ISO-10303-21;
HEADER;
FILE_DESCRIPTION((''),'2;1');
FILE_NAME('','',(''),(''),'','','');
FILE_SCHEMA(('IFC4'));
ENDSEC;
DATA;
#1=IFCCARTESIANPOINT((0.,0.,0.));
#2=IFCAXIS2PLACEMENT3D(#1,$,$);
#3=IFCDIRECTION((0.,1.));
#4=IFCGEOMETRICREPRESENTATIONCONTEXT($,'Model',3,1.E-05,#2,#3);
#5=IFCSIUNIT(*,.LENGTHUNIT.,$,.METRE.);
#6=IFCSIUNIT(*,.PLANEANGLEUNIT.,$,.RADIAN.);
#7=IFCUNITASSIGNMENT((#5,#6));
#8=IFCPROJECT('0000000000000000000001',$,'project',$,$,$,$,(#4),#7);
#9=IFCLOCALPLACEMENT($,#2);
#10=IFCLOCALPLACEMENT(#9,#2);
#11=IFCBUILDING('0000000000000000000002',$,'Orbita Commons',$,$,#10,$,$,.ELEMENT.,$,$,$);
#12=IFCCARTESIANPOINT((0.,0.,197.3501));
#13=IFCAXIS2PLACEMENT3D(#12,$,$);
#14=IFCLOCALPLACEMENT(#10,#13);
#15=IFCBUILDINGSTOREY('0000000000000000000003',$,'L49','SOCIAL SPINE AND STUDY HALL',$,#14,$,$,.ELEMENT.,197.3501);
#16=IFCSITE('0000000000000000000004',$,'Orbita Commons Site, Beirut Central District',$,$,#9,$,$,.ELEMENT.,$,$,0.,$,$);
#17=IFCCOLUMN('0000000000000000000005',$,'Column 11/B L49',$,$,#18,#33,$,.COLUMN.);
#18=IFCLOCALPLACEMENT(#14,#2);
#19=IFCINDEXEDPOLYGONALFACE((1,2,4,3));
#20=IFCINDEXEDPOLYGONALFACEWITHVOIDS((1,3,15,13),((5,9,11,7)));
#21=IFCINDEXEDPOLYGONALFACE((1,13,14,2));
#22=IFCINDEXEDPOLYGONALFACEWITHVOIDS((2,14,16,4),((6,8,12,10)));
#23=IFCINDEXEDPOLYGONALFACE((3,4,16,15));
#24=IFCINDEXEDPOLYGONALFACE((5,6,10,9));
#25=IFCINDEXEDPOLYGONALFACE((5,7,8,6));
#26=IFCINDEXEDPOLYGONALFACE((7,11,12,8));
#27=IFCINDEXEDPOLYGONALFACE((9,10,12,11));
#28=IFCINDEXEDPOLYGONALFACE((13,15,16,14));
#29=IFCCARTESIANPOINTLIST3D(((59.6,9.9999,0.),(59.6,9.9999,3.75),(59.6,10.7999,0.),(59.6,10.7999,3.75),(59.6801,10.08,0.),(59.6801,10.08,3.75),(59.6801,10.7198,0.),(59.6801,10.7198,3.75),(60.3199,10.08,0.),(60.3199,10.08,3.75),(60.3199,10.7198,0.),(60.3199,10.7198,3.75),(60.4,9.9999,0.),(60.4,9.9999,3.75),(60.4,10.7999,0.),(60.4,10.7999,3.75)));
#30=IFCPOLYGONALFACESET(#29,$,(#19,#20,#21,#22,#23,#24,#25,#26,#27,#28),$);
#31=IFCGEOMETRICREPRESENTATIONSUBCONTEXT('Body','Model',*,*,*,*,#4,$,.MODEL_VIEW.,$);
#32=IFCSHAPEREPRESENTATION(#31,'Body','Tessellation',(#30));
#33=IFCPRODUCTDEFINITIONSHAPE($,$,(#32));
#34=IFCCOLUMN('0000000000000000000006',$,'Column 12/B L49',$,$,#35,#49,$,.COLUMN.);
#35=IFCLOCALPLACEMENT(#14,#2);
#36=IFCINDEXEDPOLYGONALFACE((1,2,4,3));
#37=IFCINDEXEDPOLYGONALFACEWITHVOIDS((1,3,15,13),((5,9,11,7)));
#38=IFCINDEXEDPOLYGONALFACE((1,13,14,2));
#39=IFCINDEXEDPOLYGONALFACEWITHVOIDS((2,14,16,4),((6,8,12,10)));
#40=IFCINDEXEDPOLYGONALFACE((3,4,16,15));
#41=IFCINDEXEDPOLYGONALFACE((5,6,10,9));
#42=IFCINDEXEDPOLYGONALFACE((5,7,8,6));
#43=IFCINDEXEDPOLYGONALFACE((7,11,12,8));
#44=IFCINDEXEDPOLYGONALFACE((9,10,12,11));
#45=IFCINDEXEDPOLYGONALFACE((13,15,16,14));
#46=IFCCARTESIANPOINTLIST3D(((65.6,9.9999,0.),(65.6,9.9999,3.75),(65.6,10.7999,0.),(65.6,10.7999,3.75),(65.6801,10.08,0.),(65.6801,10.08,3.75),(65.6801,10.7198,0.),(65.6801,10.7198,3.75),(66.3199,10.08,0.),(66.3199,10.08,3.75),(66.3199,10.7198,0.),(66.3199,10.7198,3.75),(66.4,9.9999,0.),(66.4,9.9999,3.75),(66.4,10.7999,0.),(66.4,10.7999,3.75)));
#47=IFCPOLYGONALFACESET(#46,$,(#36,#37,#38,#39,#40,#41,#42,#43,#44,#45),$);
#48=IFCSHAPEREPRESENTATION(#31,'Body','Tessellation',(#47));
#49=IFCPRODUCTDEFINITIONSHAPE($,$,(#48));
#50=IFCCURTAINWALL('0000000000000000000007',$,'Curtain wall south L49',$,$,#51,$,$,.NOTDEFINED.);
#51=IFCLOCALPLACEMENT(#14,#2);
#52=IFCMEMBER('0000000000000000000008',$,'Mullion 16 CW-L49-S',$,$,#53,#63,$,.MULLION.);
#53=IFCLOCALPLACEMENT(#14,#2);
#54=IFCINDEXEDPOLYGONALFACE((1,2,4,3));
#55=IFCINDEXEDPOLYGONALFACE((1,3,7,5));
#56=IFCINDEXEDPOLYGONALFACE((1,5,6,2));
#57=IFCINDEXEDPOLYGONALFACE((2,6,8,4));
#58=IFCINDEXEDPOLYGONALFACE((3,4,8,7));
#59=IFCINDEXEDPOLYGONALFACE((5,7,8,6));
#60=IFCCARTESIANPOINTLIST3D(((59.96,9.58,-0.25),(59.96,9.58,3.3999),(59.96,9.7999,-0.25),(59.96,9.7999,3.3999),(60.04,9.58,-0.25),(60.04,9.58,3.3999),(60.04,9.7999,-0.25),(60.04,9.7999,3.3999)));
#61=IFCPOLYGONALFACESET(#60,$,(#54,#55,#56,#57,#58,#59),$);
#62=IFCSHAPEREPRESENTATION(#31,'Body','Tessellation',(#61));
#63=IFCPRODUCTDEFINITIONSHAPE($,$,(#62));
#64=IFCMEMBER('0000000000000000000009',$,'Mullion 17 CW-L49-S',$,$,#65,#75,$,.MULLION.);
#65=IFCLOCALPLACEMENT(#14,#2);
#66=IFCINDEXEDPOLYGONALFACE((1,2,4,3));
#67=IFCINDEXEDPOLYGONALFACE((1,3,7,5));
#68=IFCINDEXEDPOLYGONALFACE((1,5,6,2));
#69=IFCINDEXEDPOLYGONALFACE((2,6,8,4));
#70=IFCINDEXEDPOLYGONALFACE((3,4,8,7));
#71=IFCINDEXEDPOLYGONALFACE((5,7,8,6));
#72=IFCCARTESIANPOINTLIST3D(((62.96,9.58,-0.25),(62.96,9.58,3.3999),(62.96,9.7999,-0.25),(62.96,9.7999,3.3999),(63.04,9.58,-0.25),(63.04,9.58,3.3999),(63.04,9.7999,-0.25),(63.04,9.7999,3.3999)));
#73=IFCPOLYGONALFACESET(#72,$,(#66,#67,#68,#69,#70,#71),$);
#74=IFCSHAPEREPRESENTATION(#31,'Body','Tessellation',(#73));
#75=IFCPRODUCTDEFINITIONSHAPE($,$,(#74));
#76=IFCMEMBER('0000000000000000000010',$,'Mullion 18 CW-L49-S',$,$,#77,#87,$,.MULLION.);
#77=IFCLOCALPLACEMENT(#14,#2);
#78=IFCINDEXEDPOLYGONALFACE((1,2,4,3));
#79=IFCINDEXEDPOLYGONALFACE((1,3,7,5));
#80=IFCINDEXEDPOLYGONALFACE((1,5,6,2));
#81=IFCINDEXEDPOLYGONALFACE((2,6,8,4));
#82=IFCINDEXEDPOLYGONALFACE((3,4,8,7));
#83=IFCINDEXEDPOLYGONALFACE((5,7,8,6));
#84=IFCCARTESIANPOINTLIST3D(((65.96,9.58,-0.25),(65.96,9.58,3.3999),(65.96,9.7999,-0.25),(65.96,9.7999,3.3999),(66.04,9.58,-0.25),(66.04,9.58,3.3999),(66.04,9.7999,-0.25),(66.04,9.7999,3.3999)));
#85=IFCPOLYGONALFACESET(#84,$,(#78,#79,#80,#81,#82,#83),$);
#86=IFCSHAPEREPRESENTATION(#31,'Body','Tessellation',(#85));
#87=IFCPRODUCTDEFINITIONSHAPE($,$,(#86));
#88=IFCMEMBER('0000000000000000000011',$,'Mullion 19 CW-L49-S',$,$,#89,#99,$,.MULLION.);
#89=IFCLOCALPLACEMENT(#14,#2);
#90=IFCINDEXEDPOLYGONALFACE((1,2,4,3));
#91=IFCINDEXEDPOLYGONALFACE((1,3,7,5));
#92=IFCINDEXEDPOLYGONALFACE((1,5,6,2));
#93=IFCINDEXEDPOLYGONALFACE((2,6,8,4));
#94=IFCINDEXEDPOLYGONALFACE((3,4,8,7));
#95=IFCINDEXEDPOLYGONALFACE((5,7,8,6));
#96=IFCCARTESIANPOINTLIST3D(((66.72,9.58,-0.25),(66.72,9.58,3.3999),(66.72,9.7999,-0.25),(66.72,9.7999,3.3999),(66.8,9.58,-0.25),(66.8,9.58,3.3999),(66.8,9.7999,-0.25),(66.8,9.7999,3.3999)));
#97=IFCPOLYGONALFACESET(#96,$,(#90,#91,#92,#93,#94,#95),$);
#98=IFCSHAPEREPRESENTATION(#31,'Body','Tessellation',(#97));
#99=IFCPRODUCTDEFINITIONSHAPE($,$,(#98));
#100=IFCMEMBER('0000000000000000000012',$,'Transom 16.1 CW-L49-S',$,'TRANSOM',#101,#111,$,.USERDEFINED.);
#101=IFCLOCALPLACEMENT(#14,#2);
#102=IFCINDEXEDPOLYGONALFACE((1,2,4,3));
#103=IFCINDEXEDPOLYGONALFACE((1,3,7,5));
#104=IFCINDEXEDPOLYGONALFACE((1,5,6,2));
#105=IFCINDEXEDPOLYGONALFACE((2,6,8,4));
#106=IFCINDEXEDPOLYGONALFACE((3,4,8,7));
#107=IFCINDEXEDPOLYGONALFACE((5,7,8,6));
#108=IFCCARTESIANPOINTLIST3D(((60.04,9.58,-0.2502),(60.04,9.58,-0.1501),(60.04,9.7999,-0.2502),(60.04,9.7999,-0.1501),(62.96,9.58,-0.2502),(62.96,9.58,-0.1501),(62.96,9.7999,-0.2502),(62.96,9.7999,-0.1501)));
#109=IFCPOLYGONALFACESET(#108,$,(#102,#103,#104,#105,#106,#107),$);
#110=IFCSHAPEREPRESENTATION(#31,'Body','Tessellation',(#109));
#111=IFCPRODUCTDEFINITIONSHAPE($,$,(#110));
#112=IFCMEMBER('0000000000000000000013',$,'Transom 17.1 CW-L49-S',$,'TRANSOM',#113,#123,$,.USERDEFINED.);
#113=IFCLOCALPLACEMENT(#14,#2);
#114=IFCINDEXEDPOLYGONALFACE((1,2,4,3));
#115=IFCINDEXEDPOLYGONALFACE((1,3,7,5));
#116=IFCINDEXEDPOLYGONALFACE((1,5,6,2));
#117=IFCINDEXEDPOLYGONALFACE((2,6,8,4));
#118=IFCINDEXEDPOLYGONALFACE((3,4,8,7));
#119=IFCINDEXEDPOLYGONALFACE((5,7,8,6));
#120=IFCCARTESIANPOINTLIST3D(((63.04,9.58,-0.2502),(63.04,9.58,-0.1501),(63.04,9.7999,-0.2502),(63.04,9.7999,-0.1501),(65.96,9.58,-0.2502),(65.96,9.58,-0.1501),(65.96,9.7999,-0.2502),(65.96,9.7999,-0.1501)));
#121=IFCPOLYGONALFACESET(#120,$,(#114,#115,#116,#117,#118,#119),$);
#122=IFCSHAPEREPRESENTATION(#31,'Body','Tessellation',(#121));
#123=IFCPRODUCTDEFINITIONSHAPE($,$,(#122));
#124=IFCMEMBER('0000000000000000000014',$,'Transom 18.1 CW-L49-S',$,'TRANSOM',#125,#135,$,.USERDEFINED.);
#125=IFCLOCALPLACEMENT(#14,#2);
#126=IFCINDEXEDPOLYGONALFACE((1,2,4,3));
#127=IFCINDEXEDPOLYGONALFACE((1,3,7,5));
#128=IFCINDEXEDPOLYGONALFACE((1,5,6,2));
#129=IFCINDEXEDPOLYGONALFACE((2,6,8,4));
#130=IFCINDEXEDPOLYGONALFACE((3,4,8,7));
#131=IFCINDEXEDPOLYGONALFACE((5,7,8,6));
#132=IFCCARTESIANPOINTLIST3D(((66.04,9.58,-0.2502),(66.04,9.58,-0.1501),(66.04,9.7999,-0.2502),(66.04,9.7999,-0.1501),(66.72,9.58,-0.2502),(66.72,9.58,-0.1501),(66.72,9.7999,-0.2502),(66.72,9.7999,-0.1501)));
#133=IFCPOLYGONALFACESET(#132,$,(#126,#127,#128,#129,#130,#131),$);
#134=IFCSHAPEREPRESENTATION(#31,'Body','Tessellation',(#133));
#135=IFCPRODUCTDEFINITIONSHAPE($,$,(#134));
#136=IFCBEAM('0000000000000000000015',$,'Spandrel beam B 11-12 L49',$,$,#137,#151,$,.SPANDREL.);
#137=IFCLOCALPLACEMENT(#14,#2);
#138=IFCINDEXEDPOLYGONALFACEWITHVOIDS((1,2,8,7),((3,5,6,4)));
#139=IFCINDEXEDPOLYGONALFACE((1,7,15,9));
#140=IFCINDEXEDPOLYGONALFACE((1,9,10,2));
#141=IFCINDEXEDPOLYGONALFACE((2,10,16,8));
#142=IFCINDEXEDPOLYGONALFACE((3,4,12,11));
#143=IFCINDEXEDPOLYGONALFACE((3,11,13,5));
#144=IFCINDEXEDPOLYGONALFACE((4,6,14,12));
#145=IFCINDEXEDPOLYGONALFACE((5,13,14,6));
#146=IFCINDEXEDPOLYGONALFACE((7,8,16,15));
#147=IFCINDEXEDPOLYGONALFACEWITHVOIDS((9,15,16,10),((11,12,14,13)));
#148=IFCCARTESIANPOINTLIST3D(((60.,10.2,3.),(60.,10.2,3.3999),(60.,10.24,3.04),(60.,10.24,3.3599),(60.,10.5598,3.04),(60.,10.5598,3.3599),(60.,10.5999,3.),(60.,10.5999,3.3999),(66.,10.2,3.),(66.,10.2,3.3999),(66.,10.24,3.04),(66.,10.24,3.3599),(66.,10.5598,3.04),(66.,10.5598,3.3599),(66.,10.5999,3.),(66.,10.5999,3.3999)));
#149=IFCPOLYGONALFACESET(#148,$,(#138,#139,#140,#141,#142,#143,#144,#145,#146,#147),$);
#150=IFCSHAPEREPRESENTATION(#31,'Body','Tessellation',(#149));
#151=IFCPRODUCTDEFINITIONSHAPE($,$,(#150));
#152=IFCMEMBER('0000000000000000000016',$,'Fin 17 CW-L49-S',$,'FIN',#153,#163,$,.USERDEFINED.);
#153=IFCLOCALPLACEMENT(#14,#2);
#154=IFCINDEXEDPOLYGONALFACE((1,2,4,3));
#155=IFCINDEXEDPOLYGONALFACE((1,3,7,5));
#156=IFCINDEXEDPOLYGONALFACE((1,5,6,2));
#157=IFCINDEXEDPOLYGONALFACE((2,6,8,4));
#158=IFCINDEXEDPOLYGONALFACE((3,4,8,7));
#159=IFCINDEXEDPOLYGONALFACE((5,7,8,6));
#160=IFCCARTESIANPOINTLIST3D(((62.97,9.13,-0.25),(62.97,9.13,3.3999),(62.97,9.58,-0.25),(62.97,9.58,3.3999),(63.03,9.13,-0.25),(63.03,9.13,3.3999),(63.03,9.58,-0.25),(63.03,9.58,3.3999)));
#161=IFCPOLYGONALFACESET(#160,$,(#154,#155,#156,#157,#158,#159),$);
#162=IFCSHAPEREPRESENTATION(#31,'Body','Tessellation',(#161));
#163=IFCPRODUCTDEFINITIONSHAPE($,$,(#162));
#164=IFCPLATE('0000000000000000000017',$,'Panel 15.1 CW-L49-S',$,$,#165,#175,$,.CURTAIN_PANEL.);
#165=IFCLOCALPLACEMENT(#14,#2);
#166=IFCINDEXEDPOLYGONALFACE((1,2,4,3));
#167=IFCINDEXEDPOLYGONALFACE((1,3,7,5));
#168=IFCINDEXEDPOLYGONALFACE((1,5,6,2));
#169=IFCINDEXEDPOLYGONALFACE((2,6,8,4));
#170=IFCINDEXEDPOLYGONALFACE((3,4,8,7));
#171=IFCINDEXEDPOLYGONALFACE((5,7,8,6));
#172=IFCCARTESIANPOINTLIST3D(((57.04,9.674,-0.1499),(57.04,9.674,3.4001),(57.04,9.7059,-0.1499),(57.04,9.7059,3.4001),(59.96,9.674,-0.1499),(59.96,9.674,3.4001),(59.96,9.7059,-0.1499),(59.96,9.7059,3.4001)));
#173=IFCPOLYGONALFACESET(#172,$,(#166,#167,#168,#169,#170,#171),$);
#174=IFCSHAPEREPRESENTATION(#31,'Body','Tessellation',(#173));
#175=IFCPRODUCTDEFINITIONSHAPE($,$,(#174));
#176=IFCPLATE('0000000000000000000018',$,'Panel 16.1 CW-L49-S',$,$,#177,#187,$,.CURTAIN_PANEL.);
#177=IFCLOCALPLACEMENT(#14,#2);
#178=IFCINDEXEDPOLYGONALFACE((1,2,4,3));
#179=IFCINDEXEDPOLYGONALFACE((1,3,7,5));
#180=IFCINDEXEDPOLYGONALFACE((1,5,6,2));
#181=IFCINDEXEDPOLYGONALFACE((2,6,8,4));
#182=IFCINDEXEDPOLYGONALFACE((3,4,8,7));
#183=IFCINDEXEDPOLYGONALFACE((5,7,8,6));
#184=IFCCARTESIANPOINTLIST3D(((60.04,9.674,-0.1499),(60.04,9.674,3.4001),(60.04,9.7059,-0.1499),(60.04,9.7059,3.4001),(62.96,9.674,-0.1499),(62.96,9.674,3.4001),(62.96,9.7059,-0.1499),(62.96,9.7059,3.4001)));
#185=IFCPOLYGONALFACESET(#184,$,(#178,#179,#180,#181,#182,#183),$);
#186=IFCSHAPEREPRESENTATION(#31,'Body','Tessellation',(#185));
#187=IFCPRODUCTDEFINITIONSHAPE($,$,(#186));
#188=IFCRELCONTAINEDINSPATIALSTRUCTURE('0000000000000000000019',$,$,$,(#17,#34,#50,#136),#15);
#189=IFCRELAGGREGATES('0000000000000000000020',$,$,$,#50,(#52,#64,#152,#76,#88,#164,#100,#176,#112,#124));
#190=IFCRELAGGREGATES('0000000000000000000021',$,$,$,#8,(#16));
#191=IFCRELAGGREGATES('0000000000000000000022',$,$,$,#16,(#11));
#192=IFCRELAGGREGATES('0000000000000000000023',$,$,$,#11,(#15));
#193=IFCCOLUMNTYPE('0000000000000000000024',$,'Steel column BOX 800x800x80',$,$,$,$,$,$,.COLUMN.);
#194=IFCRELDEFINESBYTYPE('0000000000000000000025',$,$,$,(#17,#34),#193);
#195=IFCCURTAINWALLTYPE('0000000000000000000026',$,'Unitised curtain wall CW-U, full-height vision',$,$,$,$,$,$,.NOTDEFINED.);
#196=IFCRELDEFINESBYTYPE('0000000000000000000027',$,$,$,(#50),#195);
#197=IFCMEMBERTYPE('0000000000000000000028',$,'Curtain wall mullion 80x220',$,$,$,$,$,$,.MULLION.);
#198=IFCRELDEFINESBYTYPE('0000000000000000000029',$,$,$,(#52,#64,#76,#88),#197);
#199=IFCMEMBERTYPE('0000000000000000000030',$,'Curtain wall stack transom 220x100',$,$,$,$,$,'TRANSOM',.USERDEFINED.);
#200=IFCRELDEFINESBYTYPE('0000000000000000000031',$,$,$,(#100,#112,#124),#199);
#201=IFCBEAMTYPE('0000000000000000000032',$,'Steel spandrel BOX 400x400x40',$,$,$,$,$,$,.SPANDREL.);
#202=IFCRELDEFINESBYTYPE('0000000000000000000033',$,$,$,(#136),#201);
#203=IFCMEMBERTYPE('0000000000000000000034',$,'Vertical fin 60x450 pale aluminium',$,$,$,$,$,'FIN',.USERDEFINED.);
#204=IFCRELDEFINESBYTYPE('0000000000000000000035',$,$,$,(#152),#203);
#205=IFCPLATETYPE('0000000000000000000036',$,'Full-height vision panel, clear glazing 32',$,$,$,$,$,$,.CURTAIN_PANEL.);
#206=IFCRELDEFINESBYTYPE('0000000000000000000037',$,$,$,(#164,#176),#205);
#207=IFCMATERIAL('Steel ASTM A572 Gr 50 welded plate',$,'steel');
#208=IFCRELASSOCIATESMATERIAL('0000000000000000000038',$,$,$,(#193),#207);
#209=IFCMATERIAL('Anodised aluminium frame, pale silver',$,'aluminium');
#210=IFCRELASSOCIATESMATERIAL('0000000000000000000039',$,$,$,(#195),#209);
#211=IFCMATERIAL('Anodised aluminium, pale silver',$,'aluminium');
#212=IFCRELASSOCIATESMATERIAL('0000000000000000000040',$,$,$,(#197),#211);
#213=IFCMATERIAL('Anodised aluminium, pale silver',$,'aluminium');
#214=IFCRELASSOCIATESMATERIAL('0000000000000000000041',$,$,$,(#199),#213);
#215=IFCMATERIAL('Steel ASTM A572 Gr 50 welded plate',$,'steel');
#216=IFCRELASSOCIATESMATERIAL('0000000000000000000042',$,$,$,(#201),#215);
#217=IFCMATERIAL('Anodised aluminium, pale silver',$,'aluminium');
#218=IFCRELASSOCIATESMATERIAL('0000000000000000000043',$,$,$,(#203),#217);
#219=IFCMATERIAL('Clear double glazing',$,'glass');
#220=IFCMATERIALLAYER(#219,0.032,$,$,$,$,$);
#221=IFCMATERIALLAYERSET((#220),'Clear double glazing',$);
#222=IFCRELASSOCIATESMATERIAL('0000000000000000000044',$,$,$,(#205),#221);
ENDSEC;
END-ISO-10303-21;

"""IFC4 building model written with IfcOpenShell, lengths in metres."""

from ifc_helpers import new_model, si_unit, direction, frame, origin, origin_2d, place, context, subcontext, project, spatial, rectangle, hollow_rectangle, extrude, material, layer, layer_set, material_profile, profile_set, type_object, element, aggregate, save


model = new_model("IFC4")

# Units and contexts
model_context = context("Model", 3, precision=1e-05, world=origin(), true_north=direction((0.0, 1.0)))
body_context = subcontext(model_context, "Body", "Model", "MODEL_VIEW")
ifc_project = project(units=[si_unit("LENGTHUNIT", "METRE"), si_unit("PLANEANGLEUNIT", "RADIAN")], contexts=[model_context])

# Site, building, storey
site_placement = place(None, origin())
site = spatial("IfcSite", under=ifc_project, at=site_placement, Name="Orbita Commons Site, Beirut Central District", CompositionType="ELEMENT", RefElevation=0.0)
building_placement = place(site_placement, origin())
building = spatial("IfcBuilding", under=site, at=building_placement, Name="Orbita Commons", CompositionType="ELEMENT")
storey_placement = place(building_placement, frame((0.0, 0.0, 197.3501)))
storey = spatial("IfcBuildingStorey", under=building, at=storey_placement, Name="L49", Description="SOCIAL SPINE AND STUDY HALL", CompositionType="ELEMENT", Elevation=197.3501)

# Columns
ifc_material_1 = material(Name="Steel ASTM A572 Gr 50 welded plate", Category="steel")
ifc_material_profile_1 = material_profile(ifc_material_1, hollow_rectangle(XDim=0.8, YDim=0.8, WallThickness=0.0801, at=origin_2d()), Name="BOX 800x800x80")
ifc_profile_set_1 = profile_set([ifc_material_profile_1], Name="Steel ASTM A572 Gr 50 welded plate")
column_type = type_object("IfcColumnType", Name="Steel column BOX 800x800x80", PredefinedType="COLUMN", material=ifc_profile_set_1)
for number, where, z_axis, x_axis, name in (
    (1, (60.0, 10.3999, 0.0), (0.0, 0.0, 1.0), (1.0, 0.0, 0.0), "Column 11/B L49"),
    (2, (66.0, 10.3999, 0.0), (0.0, 0.0, 1.0), (1.0, 0.0, 0.0), "Column 12/B L49"),
):
    element("IfcColumn", number, at=place(storey_placement, frame(where, z_axis=z_axis, x_axis=x_axis)), inside=storey, type_object=column_type, Name=name, PredefinedType="COLUMN", context=body_context, shape_type="SweptSolid", body=[
        extrude(hollow_rectangle(XDim=0.8, YDim=0.8, WallThickness=0.0801, at=origin_2d()), origin(), (0.0, 0.0, 1.0), 3.75),
    ])

# Curtain wall, members
ifc_material_2 = material(Name="Anodised aluminium frame, pale silver", Category="aluminium")
curtain_wall_type = type_object("IfcCurtainWallType", Name="Unitised curtain wall CW-U, full-height vision", PredefinedType="NOTDEFINED", material=ifc_material_2)
curtain_wall_placement = place(storey_placement, origin())
curtain_wall = element("IfcCurtainWall", 3, at=curtain_wall_placement, inside=storey, type_object=curtain_wall_type, Name="Curtain wall south L49", PredefinedType="NOTDEFINED")
ifc_material_3 = material(Name="Anodised aluminium, pale silver", Category="aluminium")
ifc_material_profile_2 = material_profile(ifc_material_3, rectangle(XDim=0.0801, YDim=0.22, at=origin_2d()), Name="AL 80x220")
ifc_profile_set_2 = profile_set([ifc_material_profile_2], Name="Anodised aluminium, pale silver")
member_type_1 = type_object("IfcMemberType", Name="Curtain wall mullion 80x220", PredefinedType="MULLION", material=ifc_profile_set_2)
member_1_placement = place(storey_placement, frame((60.0, 9.6899, -0.25), z_axis=(0.0, 0.0, 1.0), x_axis=(1.0, 0.0, 0.0)))
member_1 = element("IfcMember", 4, at=member_1_placement, type_object=member_type_1, Name="Mullion 16 CW-L49-S", PredefinedType="MULLION", context=body_context, shape_type="SweptSolid", body=[
    extrude(rectangle(XDim=0.0801, YDim=0.22, at=origin_2d()), origin(), (0.0, 0.0, 1.0), 3.6499),
])
member_2_placement = place(storey_placement, frame((63.0, 9.6899, -0.25), z_axis=(0.0, 0.0, 1.0), x_axis=(1.0, 0.0, 0.0)))
member_2 = element("IfcMember", 5, at=member_2_placement, type_object=member_type_1, Name="Mullion 17 CW-L49-S", PredefinedType="MULLION", context=body_context, shape_type="SweptSolid", body=[
    extrude(rectangle(XDim=0.0801, YDim=0.22, at=origin_2d()), origin(), (0.0, 0.0, 1.0), 3.6499),
])
member_3_placement = place(storey_placement, frame((66.0, 9.6899, -0.25), z_axis=(0.0, 0.0, 1.0), x_axis=(1.0, 0.0, 0.0)))
member_3 = element("IfcMember", 6, at=member_3_placement, type_object=member_type_1, Name="Mullion 18 CW-L49-S", PredefinedType="MULLION", context=body_context, shape_type="SweptSolid", body=[
    extrude(rectangle(XDim=0.0801, YDim=0.22, at=origin_2d()), origin(), (0.0, 0.0, 1.0), 3.6499),
])
member_4_placement = place(storey_placement, frame((66.76, 9.6899, -0.25), z_axis=(0.0, 0.0, 1.0), x_axis=(1.0, 0.0, 0.0)))
member_4 = element("IfcMember", 7, at=member_4_placement, type_object=member_type_1, Name="Mullion 19 CW-L49-S", PredefinedType="MULLION", context=body_context, shape_type="SweptSolid", body=[
    extrude(rectangle(XDim=0.0801, YDim=0.22, at=origin_2d()), origin(), (0.0, 0.0, 1.0), 3.6499),
])
ifc_material_4 = material(Name="Anodised aluminium, pale silver", Category="aluminium")
ifc_material_profile_3 = material_profile(ifc_material_4, rectangle(XDim=0.22, YDim=0.1001, at=origin_2d()), Name="AL 220x100")
ifc_profile_set_3 = profile_set([ifc_material_profile_3], Name="Anodised aluminium, pale silver")
member_type_2 = type_object("IfcMemberType", Name="Curtain wall stack transom 220x100", ElementType="TRANSOM", PredefinedType="USERDEFINED", material=ifc_profile_set_3)
member_5_placement = place(storey_placement, frame((60.04, 9.6899, -0.2002), z_axis=(1.0, 0.0, 0.0), x_axis=(0.0, 1.0, 0.0)))
member_5 = element("IfcMember", 8, at=member_5_placement, type_object=member_type_2, Name="Transom 16.1 CW-L49-S", ObjectType="TRANSOM", PredefinedType="USERDEFINED", context=body_context, shape_type="SweptSolid", body=[
    extrude(rectangle(XDim=0.22, YDim=0.1001, at=origin_2d()), origin(), (0.0, 0.0, 1.0), 2.9199),
])
member_6_placement = place(storey_placement, frame((63.04, 9.6899, -0.2002), z_axis=(1.0, 0.0, 0.0), x_axis=(0.0, 1.0, 0.0)))
member_6 = element("IfcMember", 9, at=member_6_placement, type_object=member_type_2, Name="Transom 17.1 CW-L49-S", ObjectType="TRANSOM", PredefinedType="USERDEFINED", context=body_context, shape_type="SweptSolid", body=[
    extrude(rectangle(XDim=0.22, YDim=0.1001, at=origin_2d()), origin(), (0.0, 0.0, 1.0), 2.9199),
])
member_7_placement = place(storey_placement, frame((66.04, 9.6899, -0.2002), z_axis=(1.0, 0.0, 0.0), x_axis=(0.0, 1.0, 0.0)))
member_7 = element("IfcMember", 10, at=member_7_placement, type_object=member_type_2, Name="Transom 18.1 CW-L49-S", ObjectType="TRANSOM", PredefinedType="USERDEFINED", context=body_context, shape_type="SweptSolid", body=[
    extrude(rectangle(XDim=0.22, YDim=0.1001, at=origin_2d()), origin(), (0.0, 0.0, 1.0), 0.6799),
])

# Beam
ifc_material_5 = material(Name="Steel ASTM A572 Gr 50 welded plate", Category="steel")
ifc_material_profile_4 = material_profile(ifc_material_5, hollow_rectangle(XDim=0.3999, YDim=0.3999, WallThickness=0.04, at=origin_2d()), Name="BOX 400x400x40")
ifc_profile_set_4 = profile_set([ifc_material_profile_4], Name="Steel ASTM A572 Gr 50 welded plate")
beam_type = type_object("IfcBeamType", Name="Steel spandrel BOX 400x400x40", PredefinedType="SPANDREL", material=ifc_profile_set_4)
beam_placement = place(storey_placement, frame((60.0, 10.3999, 3.2), z_axis=(1.0, 0.0, 0.0), x_axis=(0.0, 1.0, 0.0)))
element("IfcBeam", 11, at=beam_placement, inside=storey, type_object=beam_type, Name="Spandrel beam B 11-12 L49", PredefinedType="SPANDREL", context=body_context, shape_type="SweptSolid", body=[
    extrude(hollow_rectangle(XDim=0.3999, YDim=0.3999, WallThickness=0.04, at=origin_2d()), origin(), (0.0, 0.0, 1.0), 6.0),
])

# Member
ifc_material_6 = material(Name="Anodised aluminium, pale silver", Category="aluminium")
ifc_material_profile_5 = material_profile(ifc_material_6, rectangle(XDim=0.0601, YDim=0.45, at=origin_2d()), Name="FIN 60x450")
ifc_profile_set_5 = profile_set([ifc_material_profile_5], Name="Anodised aluminium, pale silver")
member_type_3 = type_object("IfcMemberType", Name="Vertical fin 60x450 pale aluminium", ElementType="FIN", PredefinedType="USERDEFINED", material=ifc_profile_set_5)
member_8_placement = place(storey_placement, frame((63.0, 9.355, -0.25), z_axis=(0.0, 0.0, 1.0), x_axis=(1.0, 0.0, 0.0)))
member_8 = element("IfcMember", 12, at=member_8_placement, type_object=member_type_3, Name="Fin 17 CW-L49-S", ObjectType="FIN", PredefinedType="USERDEFINED", context=body_context, shape_type="SweptSolid", body=[
    extrude(rectangle(XDim=0.0601, YDim=0.45, at=origin_2d()), origin(), (0.0, 0.0, 1.0), 3.6499),
])

# Plates
ifc_material_7 = material(Name="Clear double glazing", Category="glass")
ifc_layer_1 = layer(ifc_material_7, 0.032)
ifc_layer_set_1 = layer_set([ifc_layer_1], Name="Clear double glazing")
plate_type = type_object("IfcPlateType", Name="Full-height vision panel, clear glazing 32", PredefinedType="CURTAIN_PANEL", material=ifc_layer_set_1)
plate_1_placement = place(storey_placement, frame((58.5, 9.6899, -0.1499), z_axis=(0.0, 0.0, 1.0), x_axis=(1.0, 0.0, 0.0)))
plate_1 = element("IfcPlate", 13, at=plate_1_placement, type_object=plate_type, Name="Panel 15.1 CW-L49-S", PredefinedType="CURTAIN_PANEL", context=body_context, shape_type="SweptSolid", body=[
    extrude(rectangle(XDim=2.9199, YDim=0.032, at=origin_2d()), origin(), (0.0, 0.0, 1.0), 3.55),
])
plate_2_placement = place(storey_placement, frame((61.5, 9.6899, -0.1499), z_axis=(0.0, 0.0, 1.0), x_axis=(1.0, 0.0, 0.0)))
plate_2 = element("IfcPlate", 14, at=plate_2_placement, type_object=plate_type, Name="Panel 16.1 CW-L49-S", PredefinedType="CURTAIN_PANEL", context=body_context, shape_type="SweptSolid", body=[
    extrude(rectangle(XDim=2.9199, YDim=0.032, at=origin_2d()), origin(), (0.0, 0.0, 1.0), 3.55),
])
aggregate(curtain_wall, [member_1, member_2, member_8, member_3, member_4, plate_1, member_5, plate_2, member_6, member_7])

save(model, "model.ifc")
